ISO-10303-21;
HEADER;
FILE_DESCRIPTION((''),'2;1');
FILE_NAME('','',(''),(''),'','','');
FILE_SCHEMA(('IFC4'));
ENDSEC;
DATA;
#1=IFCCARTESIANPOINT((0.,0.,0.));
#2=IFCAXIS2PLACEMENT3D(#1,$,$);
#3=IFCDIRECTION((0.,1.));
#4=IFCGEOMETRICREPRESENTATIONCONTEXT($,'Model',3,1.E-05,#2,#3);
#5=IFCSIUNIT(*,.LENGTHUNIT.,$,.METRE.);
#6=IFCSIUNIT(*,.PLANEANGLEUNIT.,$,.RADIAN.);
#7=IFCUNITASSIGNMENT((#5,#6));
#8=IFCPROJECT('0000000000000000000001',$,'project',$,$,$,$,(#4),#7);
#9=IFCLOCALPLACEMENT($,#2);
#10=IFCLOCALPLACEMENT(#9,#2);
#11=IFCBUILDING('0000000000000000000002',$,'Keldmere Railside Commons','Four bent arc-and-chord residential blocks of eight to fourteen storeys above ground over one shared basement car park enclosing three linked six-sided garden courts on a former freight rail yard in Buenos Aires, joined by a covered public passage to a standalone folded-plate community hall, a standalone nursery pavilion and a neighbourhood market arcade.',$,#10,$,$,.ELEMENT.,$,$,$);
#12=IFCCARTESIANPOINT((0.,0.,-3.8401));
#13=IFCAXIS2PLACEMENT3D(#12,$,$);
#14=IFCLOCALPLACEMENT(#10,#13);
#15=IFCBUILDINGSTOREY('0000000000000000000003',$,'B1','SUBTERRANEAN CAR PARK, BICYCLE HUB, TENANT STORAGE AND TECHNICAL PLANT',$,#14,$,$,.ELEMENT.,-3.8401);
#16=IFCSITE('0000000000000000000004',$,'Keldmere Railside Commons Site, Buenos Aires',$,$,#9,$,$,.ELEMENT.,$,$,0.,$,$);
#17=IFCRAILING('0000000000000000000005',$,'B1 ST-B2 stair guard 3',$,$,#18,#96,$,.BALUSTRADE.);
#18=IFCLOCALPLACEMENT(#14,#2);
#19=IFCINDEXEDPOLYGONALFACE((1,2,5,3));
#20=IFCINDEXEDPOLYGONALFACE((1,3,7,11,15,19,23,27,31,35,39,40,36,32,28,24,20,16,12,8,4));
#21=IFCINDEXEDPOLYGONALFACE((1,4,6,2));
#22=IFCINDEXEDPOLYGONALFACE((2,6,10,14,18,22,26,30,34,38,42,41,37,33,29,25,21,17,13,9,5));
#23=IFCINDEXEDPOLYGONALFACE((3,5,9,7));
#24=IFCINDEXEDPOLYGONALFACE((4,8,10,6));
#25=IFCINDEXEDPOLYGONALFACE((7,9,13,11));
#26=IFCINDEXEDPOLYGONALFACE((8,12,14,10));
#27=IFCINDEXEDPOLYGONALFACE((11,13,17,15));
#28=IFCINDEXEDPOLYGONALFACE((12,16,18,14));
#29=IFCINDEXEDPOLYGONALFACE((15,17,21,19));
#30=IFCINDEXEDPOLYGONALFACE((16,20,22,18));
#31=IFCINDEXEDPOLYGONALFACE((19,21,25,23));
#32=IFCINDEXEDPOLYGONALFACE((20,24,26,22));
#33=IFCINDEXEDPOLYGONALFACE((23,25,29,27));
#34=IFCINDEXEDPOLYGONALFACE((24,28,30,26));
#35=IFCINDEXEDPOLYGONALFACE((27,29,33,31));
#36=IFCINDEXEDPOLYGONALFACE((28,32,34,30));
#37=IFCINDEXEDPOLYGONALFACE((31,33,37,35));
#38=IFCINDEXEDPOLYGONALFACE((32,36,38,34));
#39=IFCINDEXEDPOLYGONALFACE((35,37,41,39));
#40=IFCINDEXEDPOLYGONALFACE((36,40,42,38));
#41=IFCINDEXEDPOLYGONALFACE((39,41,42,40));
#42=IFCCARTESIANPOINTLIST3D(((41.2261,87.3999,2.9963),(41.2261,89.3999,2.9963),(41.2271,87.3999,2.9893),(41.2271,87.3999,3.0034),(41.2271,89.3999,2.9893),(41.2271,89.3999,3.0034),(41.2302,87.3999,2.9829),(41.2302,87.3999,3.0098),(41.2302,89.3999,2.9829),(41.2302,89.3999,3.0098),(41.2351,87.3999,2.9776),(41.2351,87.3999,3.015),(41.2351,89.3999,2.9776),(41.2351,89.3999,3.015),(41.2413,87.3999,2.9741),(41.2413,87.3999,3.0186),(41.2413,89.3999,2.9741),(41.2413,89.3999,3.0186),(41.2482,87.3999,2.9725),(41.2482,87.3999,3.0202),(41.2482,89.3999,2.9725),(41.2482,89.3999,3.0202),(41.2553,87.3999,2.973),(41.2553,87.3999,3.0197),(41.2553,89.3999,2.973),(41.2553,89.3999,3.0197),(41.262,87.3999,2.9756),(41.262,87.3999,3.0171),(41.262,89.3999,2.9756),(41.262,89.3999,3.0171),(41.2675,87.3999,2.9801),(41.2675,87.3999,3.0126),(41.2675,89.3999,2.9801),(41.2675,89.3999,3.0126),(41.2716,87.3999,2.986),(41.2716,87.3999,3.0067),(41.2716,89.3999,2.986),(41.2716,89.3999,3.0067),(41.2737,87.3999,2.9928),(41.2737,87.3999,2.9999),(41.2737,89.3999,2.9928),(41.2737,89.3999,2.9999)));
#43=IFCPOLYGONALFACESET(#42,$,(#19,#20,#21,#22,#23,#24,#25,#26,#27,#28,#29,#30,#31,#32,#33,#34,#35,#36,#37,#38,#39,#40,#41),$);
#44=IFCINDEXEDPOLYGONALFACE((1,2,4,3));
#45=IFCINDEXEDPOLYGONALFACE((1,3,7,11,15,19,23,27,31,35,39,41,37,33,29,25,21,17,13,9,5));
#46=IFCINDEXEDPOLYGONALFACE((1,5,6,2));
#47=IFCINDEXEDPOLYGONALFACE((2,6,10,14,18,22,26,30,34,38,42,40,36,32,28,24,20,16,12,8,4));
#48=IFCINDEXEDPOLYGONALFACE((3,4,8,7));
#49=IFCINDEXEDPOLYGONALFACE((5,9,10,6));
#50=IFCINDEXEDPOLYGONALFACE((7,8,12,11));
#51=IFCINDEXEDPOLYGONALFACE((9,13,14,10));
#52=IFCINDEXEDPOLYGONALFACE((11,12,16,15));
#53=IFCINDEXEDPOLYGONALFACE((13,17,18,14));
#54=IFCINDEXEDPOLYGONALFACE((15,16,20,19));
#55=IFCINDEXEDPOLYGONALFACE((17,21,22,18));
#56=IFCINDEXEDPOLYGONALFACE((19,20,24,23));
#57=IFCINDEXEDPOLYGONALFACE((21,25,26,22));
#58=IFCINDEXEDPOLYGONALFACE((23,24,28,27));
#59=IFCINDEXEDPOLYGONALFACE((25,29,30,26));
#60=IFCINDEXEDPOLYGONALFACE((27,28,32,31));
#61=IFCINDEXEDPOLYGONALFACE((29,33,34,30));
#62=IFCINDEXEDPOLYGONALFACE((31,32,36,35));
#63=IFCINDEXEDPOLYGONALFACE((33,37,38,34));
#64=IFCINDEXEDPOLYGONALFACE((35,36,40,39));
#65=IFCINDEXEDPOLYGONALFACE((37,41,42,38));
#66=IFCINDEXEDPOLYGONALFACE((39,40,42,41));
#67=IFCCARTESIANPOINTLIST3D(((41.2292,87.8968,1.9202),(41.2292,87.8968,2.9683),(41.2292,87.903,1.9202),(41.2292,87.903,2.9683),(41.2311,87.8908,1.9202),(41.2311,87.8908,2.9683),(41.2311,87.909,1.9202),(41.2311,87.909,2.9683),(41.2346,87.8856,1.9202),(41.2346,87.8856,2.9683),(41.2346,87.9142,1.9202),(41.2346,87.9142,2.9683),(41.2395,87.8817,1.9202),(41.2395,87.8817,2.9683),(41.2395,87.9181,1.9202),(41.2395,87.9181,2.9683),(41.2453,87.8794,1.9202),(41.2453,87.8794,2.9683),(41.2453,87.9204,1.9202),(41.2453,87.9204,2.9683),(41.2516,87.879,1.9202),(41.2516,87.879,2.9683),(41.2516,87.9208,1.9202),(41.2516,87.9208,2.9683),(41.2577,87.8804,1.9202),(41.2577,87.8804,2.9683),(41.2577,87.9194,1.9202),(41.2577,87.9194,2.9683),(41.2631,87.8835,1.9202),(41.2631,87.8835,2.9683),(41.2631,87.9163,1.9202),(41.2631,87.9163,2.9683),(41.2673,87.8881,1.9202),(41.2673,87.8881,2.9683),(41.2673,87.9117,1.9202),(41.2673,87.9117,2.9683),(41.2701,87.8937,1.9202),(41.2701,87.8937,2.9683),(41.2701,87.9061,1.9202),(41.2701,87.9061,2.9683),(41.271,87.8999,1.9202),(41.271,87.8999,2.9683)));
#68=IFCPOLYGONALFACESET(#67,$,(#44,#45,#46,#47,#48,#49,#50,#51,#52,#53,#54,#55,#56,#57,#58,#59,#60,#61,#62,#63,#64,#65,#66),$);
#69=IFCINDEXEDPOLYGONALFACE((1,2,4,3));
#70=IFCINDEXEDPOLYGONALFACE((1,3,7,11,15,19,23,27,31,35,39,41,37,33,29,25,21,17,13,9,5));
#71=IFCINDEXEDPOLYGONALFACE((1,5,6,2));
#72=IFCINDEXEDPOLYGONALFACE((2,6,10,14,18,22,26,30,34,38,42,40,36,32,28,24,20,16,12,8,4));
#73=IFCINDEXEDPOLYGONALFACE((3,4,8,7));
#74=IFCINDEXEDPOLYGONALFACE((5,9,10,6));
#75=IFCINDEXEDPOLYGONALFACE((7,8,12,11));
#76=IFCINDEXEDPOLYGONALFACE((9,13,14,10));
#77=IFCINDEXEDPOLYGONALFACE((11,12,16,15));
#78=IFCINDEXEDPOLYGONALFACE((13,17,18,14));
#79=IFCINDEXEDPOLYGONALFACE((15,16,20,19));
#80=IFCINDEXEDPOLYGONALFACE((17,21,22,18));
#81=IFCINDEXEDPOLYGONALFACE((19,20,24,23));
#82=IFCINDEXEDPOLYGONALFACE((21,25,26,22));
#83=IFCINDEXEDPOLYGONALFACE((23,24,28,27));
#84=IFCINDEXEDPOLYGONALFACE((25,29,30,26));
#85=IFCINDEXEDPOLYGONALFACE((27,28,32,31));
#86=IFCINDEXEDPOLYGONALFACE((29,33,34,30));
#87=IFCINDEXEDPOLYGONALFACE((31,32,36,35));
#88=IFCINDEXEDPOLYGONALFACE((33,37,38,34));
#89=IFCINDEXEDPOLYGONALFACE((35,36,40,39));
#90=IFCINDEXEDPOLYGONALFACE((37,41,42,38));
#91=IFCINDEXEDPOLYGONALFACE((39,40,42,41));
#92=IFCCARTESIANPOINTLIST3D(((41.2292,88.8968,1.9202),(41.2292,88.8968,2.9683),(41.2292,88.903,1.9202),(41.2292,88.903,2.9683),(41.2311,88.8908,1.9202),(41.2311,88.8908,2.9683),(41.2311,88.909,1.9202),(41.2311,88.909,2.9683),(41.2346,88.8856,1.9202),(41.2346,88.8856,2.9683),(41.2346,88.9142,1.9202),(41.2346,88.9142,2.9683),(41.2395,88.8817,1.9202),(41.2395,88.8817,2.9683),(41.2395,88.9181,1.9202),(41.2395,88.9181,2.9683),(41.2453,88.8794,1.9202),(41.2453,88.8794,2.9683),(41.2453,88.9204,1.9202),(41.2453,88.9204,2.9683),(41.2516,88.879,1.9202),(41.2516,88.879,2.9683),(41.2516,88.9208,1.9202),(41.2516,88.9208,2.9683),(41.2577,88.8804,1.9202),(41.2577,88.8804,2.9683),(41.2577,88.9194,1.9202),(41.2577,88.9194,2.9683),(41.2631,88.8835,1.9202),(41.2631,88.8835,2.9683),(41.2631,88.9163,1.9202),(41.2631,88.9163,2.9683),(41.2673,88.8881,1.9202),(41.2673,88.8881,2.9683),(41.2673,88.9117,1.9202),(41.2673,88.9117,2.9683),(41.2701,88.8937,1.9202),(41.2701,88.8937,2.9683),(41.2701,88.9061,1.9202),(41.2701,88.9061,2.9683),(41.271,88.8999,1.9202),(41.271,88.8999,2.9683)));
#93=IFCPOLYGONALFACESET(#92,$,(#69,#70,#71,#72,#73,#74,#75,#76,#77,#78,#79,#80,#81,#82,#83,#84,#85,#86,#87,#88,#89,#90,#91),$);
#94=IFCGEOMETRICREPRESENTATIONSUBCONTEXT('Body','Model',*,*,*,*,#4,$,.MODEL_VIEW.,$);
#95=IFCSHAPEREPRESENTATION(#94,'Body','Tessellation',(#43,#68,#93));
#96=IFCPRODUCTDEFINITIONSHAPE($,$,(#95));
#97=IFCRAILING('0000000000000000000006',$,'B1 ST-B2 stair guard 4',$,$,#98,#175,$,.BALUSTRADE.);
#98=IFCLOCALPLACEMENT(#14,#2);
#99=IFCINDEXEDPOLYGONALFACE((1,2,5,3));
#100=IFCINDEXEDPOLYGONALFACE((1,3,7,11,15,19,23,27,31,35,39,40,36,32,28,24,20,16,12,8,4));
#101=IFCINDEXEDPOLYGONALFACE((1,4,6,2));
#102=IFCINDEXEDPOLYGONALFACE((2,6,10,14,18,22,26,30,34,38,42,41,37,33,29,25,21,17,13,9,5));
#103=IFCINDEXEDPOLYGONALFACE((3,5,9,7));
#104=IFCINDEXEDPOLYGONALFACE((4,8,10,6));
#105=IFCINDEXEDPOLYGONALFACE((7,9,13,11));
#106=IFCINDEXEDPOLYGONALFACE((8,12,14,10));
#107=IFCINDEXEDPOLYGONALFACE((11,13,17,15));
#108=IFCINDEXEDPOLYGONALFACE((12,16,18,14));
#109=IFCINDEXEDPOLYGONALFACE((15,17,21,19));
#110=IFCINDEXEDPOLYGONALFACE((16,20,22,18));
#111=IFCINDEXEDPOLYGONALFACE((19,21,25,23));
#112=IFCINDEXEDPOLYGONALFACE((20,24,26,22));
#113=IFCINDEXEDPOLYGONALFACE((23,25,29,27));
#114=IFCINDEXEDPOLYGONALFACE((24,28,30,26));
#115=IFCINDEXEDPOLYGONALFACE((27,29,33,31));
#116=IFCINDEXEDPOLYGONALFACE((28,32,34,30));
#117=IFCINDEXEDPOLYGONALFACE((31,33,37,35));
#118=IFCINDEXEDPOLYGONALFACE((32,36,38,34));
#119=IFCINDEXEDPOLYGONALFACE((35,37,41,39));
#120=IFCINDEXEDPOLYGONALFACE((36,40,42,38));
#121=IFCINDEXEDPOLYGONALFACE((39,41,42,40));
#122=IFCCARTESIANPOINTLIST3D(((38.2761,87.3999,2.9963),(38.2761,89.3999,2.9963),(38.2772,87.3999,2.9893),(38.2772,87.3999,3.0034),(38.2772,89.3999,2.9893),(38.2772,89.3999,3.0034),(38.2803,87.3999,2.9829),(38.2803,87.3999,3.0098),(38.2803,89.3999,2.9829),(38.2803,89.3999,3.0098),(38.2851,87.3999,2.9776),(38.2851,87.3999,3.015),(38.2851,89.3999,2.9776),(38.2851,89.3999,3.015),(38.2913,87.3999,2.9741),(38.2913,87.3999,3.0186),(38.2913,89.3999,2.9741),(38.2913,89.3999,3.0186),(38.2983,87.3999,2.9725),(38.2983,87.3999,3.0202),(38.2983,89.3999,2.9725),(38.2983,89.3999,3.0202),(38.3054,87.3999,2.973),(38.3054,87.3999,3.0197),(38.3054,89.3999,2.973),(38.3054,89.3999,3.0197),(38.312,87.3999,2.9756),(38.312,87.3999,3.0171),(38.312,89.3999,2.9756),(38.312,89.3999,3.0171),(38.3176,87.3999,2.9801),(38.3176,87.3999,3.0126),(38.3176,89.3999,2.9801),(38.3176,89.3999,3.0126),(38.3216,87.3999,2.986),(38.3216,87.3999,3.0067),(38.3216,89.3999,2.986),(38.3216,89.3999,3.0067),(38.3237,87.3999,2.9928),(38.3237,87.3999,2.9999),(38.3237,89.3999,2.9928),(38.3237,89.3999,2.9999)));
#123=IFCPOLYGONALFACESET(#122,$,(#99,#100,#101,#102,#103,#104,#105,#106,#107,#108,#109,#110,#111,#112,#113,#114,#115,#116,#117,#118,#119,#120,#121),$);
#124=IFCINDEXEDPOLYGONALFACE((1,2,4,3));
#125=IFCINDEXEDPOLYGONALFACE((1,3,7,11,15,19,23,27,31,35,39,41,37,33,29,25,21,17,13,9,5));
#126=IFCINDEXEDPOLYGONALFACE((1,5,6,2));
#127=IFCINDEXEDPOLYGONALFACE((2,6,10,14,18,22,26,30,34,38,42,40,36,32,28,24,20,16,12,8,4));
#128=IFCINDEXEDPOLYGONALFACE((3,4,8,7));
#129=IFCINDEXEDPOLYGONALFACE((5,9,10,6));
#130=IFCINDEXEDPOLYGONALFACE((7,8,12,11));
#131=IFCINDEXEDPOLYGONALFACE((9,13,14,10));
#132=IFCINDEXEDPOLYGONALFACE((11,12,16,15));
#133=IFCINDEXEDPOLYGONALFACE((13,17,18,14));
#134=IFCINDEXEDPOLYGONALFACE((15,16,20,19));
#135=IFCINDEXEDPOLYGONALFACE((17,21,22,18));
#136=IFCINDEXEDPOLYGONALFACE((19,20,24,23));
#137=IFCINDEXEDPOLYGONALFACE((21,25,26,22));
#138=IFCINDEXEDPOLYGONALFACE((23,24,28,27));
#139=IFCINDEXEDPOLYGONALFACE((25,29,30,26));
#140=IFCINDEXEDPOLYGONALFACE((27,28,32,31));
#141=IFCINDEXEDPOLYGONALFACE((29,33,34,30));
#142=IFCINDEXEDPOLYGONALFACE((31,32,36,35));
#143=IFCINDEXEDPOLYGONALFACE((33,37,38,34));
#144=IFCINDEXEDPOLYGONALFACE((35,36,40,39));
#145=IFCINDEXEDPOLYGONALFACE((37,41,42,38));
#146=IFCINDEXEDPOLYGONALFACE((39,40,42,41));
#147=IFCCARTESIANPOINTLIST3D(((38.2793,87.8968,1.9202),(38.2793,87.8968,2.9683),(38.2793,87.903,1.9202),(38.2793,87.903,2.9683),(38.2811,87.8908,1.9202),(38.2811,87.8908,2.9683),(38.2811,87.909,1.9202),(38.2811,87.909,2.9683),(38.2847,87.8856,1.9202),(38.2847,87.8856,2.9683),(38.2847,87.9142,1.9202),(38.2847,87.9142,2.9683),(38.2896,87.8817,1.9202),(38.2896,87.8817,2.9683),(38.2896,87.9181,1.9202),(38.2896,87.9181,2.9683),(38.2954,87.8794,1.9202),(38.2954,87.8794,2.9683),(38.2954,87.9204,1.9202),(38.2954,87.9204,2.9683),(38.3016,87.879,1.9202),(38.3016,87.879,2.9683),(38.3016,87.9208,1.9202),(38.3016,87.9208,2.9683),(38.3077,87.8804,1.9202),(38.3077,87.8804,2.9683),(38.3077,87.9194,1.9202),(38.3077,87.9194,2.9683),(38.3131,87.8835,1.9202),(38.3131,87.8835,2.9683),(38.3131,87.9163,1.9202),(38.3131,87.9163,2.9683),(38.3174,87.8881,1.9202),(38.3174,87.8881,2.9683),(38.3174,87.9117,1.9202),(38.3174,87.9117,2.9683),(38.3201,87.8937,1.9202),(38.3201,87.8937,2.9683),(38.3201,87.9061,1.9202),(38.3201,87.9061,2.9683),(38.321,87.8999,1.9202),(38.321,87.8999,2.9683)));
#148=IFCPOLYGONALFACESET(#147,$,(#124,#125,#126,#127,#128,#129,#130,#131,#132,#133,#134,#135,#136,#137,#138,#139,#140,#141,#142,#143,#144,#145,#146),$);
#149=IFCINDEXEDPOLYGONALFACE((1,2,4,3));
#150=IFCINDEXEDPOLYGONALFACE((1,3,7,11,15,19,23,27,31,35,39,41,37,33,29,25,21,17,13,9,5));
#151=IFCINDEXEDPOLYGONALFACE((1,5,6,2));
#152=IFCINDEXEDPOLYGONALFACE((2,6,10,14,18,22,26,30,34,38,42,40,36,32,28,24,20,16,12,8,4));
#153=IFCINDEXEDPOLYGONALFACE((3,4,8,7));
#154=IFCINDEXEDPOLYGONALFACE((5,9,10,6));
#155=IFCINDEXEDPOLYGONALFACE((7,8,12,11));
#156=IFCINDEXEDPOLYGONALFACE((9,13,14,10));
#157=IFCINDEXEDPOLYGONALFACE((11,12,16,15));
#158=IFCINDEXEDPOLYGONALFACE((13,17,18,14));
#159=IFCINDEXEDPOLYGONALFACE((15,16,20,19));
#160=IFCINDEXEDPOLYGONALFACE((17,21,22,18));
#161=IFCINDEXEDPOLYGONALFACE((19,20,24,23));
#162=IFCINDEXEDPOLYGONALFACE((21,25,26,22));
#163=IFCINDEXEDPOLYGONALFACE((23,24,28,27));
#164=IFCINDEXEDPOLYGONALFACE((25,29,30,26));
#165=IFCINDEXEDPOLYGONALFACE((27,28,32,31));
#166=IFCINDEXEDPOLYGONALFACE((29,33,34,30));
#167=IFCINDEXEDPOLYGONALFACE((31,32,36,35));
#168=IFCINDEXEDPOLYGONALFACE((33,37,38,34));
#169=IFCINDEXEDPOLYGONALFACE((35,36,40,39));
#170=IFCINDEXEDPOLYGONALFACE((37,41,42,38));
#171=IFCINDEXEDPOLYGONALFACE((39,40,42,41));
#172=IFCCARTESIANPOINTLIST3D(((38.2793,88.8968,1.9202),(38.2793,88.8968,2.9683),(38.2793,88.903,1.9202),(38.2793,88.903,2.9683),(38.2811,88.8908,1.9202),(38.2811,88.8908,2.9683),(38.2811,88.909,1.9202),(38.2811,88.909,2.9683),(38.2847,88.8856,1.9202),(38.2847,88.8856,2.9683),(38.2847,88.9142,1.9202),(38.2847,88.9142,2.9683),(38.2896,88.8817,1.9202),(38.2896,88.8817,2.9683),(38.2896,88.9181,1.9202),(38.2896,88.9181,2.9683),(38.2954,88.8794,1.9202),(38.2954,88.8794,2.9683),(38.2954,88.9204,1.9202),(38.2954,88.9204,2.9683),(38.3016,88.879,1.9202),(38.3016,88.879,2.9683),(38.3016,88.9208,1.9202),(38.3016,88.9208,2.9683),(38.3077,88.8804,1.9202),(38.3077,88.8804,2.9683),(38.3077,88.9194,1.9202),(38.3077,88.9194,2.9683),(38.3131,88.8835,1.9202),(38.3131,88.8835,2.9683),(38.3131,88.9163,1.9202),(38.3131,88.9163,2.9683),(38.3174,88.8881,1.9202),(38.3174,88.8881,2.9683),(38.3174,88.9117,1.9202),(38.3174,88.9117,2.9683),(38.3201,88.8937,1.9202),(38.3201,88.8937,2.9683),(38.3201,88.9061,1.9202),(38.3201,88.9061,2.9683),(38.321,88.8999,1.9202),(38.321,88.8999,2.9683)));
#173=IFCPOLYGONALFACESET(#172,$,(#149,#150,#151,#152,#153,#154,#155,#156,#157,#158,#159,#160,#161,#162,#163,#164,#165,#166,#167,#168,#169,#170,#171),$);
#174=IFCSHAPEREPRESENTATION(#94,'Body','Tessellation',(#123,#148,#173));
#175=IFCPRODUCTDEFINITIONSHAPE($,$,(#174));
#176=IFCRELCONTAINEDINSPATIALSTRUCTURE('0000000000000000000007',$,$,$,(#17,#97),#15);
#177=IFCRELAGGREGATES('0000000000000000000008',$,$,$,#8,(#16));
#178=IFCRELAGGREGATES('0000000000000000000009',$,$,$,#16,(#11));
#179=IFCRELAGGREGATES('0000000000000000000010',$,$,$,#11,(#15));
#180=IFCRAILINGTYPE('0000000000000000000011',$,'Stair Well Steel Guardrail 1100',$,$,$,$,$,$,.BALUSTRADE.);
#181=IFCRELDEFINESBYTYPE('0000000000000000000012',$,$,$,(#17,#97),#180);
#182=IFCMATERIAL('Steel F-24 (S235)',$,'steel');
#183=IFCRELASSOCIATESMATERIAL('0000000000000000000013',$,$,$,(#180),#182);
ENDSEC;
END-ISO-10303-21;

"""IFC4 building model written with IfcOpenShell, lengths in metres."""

from ifc_helpers import new_model, si_unit, direction, frame, origin, origin_2d, place, context, subcontext, project, spatial, circle, extrude, material, type_object, element, save


model = new_model("IFC4")

# Units and contexts
model_context = context("Model", 3, precision=1e-05, world=origin(), true_north=direction((0.0, 1.0)))
body_context = subcontext(model_context, "Body", "Model", "MODEL_VIEW")
ifc_project = project(units=[si_unit("LENGTHUNIT", "METRE"), si_unit("PLANEANGLEUNIT", "RADIAN")], contexts=[model_context])

# Site, building, storey
site_placement = place(None, origin())
site = spatial("IfcSite", under=ifc_project, at=site_placement, Name="Keldmere Railside Commons Site, Buenos Aires", CompositionType="ELEMENT", RefElevation=0.0)
building_placement = place(site_placement, origin())
building = spatial("IfcBuilding", under=site, at=building_placement, Name="Keldmere Railside Commons", Description="Four bent arc-and-chord residential blocks of eight to fourteen storeys above ground over one shared basement car park enclosing three linked six-sided garden courts on a former freight rail yard in Buenos Aires, joined by a covered public passage to a standalone folded-plate community hall, a standalone nursery pavilion and a neighbourhood market arcade.", CompositionType="ELEMENT")
storey_placement = place(building_placement, frame((0.0, 0.0, -3.8401)))
storey = spatial("IfcBuildingStorey", under=building, at=storey_placement, Name="B1", Description="SUBTERRANEAN CAR PARK, BICYCLE HUB, TENANT STORAGE AND TECHNICAL PLANT", CompositionType="ELEMENT", Elevation=-3.8401)

# Railings
ifc_material_1 = material(Name="Steel F-24 (S235)", Category="steel")
railing_type_1 = type_object("IfcRailingType", Name="Stair Well Steel Guardrail 1100", PredefinedType="BALUSTRADE", material=ifc_material_1)
for number, where, name in (
    (1, (41.25, 87.3999, 1.9202), "B1 ST-B2 stair guard 3"),
    (2, (38.3, 87.3999, 1.9202), "B1 ST-B2 stair guard 4"),
):
    element("IfcRailing", number, at=place(storey_placement, frame(where)), inside=storey, type_object=railing_type_1, Name=name, PredefinedType="BALUSTRADE", context=body_context, shape_type="SweptSolid", body=[
        extrude(circle(Radius=0.0239, at=origin_2d()), frame((0.0, 0.0, 1.0762), z_axis=(0.0, 1.0, 0.0), x_axis=(-1.0, 0.0, 0.0)), (0.0, 0.0, 1.0), 2.0),
        extrude(circle(Radius=0.021, at=origin_2d()), frame((0.0, 0.5, 0.0)), (0.0, 0.0, 1.0), 1.0481),
        extrude(circle(Radius=0.021, at=origin_2d()), frame((0.0, 1.5, 0.0)), (0.0, 0.0, 1.0), 1.0481),
    ])

save(model, "model.ifc")
